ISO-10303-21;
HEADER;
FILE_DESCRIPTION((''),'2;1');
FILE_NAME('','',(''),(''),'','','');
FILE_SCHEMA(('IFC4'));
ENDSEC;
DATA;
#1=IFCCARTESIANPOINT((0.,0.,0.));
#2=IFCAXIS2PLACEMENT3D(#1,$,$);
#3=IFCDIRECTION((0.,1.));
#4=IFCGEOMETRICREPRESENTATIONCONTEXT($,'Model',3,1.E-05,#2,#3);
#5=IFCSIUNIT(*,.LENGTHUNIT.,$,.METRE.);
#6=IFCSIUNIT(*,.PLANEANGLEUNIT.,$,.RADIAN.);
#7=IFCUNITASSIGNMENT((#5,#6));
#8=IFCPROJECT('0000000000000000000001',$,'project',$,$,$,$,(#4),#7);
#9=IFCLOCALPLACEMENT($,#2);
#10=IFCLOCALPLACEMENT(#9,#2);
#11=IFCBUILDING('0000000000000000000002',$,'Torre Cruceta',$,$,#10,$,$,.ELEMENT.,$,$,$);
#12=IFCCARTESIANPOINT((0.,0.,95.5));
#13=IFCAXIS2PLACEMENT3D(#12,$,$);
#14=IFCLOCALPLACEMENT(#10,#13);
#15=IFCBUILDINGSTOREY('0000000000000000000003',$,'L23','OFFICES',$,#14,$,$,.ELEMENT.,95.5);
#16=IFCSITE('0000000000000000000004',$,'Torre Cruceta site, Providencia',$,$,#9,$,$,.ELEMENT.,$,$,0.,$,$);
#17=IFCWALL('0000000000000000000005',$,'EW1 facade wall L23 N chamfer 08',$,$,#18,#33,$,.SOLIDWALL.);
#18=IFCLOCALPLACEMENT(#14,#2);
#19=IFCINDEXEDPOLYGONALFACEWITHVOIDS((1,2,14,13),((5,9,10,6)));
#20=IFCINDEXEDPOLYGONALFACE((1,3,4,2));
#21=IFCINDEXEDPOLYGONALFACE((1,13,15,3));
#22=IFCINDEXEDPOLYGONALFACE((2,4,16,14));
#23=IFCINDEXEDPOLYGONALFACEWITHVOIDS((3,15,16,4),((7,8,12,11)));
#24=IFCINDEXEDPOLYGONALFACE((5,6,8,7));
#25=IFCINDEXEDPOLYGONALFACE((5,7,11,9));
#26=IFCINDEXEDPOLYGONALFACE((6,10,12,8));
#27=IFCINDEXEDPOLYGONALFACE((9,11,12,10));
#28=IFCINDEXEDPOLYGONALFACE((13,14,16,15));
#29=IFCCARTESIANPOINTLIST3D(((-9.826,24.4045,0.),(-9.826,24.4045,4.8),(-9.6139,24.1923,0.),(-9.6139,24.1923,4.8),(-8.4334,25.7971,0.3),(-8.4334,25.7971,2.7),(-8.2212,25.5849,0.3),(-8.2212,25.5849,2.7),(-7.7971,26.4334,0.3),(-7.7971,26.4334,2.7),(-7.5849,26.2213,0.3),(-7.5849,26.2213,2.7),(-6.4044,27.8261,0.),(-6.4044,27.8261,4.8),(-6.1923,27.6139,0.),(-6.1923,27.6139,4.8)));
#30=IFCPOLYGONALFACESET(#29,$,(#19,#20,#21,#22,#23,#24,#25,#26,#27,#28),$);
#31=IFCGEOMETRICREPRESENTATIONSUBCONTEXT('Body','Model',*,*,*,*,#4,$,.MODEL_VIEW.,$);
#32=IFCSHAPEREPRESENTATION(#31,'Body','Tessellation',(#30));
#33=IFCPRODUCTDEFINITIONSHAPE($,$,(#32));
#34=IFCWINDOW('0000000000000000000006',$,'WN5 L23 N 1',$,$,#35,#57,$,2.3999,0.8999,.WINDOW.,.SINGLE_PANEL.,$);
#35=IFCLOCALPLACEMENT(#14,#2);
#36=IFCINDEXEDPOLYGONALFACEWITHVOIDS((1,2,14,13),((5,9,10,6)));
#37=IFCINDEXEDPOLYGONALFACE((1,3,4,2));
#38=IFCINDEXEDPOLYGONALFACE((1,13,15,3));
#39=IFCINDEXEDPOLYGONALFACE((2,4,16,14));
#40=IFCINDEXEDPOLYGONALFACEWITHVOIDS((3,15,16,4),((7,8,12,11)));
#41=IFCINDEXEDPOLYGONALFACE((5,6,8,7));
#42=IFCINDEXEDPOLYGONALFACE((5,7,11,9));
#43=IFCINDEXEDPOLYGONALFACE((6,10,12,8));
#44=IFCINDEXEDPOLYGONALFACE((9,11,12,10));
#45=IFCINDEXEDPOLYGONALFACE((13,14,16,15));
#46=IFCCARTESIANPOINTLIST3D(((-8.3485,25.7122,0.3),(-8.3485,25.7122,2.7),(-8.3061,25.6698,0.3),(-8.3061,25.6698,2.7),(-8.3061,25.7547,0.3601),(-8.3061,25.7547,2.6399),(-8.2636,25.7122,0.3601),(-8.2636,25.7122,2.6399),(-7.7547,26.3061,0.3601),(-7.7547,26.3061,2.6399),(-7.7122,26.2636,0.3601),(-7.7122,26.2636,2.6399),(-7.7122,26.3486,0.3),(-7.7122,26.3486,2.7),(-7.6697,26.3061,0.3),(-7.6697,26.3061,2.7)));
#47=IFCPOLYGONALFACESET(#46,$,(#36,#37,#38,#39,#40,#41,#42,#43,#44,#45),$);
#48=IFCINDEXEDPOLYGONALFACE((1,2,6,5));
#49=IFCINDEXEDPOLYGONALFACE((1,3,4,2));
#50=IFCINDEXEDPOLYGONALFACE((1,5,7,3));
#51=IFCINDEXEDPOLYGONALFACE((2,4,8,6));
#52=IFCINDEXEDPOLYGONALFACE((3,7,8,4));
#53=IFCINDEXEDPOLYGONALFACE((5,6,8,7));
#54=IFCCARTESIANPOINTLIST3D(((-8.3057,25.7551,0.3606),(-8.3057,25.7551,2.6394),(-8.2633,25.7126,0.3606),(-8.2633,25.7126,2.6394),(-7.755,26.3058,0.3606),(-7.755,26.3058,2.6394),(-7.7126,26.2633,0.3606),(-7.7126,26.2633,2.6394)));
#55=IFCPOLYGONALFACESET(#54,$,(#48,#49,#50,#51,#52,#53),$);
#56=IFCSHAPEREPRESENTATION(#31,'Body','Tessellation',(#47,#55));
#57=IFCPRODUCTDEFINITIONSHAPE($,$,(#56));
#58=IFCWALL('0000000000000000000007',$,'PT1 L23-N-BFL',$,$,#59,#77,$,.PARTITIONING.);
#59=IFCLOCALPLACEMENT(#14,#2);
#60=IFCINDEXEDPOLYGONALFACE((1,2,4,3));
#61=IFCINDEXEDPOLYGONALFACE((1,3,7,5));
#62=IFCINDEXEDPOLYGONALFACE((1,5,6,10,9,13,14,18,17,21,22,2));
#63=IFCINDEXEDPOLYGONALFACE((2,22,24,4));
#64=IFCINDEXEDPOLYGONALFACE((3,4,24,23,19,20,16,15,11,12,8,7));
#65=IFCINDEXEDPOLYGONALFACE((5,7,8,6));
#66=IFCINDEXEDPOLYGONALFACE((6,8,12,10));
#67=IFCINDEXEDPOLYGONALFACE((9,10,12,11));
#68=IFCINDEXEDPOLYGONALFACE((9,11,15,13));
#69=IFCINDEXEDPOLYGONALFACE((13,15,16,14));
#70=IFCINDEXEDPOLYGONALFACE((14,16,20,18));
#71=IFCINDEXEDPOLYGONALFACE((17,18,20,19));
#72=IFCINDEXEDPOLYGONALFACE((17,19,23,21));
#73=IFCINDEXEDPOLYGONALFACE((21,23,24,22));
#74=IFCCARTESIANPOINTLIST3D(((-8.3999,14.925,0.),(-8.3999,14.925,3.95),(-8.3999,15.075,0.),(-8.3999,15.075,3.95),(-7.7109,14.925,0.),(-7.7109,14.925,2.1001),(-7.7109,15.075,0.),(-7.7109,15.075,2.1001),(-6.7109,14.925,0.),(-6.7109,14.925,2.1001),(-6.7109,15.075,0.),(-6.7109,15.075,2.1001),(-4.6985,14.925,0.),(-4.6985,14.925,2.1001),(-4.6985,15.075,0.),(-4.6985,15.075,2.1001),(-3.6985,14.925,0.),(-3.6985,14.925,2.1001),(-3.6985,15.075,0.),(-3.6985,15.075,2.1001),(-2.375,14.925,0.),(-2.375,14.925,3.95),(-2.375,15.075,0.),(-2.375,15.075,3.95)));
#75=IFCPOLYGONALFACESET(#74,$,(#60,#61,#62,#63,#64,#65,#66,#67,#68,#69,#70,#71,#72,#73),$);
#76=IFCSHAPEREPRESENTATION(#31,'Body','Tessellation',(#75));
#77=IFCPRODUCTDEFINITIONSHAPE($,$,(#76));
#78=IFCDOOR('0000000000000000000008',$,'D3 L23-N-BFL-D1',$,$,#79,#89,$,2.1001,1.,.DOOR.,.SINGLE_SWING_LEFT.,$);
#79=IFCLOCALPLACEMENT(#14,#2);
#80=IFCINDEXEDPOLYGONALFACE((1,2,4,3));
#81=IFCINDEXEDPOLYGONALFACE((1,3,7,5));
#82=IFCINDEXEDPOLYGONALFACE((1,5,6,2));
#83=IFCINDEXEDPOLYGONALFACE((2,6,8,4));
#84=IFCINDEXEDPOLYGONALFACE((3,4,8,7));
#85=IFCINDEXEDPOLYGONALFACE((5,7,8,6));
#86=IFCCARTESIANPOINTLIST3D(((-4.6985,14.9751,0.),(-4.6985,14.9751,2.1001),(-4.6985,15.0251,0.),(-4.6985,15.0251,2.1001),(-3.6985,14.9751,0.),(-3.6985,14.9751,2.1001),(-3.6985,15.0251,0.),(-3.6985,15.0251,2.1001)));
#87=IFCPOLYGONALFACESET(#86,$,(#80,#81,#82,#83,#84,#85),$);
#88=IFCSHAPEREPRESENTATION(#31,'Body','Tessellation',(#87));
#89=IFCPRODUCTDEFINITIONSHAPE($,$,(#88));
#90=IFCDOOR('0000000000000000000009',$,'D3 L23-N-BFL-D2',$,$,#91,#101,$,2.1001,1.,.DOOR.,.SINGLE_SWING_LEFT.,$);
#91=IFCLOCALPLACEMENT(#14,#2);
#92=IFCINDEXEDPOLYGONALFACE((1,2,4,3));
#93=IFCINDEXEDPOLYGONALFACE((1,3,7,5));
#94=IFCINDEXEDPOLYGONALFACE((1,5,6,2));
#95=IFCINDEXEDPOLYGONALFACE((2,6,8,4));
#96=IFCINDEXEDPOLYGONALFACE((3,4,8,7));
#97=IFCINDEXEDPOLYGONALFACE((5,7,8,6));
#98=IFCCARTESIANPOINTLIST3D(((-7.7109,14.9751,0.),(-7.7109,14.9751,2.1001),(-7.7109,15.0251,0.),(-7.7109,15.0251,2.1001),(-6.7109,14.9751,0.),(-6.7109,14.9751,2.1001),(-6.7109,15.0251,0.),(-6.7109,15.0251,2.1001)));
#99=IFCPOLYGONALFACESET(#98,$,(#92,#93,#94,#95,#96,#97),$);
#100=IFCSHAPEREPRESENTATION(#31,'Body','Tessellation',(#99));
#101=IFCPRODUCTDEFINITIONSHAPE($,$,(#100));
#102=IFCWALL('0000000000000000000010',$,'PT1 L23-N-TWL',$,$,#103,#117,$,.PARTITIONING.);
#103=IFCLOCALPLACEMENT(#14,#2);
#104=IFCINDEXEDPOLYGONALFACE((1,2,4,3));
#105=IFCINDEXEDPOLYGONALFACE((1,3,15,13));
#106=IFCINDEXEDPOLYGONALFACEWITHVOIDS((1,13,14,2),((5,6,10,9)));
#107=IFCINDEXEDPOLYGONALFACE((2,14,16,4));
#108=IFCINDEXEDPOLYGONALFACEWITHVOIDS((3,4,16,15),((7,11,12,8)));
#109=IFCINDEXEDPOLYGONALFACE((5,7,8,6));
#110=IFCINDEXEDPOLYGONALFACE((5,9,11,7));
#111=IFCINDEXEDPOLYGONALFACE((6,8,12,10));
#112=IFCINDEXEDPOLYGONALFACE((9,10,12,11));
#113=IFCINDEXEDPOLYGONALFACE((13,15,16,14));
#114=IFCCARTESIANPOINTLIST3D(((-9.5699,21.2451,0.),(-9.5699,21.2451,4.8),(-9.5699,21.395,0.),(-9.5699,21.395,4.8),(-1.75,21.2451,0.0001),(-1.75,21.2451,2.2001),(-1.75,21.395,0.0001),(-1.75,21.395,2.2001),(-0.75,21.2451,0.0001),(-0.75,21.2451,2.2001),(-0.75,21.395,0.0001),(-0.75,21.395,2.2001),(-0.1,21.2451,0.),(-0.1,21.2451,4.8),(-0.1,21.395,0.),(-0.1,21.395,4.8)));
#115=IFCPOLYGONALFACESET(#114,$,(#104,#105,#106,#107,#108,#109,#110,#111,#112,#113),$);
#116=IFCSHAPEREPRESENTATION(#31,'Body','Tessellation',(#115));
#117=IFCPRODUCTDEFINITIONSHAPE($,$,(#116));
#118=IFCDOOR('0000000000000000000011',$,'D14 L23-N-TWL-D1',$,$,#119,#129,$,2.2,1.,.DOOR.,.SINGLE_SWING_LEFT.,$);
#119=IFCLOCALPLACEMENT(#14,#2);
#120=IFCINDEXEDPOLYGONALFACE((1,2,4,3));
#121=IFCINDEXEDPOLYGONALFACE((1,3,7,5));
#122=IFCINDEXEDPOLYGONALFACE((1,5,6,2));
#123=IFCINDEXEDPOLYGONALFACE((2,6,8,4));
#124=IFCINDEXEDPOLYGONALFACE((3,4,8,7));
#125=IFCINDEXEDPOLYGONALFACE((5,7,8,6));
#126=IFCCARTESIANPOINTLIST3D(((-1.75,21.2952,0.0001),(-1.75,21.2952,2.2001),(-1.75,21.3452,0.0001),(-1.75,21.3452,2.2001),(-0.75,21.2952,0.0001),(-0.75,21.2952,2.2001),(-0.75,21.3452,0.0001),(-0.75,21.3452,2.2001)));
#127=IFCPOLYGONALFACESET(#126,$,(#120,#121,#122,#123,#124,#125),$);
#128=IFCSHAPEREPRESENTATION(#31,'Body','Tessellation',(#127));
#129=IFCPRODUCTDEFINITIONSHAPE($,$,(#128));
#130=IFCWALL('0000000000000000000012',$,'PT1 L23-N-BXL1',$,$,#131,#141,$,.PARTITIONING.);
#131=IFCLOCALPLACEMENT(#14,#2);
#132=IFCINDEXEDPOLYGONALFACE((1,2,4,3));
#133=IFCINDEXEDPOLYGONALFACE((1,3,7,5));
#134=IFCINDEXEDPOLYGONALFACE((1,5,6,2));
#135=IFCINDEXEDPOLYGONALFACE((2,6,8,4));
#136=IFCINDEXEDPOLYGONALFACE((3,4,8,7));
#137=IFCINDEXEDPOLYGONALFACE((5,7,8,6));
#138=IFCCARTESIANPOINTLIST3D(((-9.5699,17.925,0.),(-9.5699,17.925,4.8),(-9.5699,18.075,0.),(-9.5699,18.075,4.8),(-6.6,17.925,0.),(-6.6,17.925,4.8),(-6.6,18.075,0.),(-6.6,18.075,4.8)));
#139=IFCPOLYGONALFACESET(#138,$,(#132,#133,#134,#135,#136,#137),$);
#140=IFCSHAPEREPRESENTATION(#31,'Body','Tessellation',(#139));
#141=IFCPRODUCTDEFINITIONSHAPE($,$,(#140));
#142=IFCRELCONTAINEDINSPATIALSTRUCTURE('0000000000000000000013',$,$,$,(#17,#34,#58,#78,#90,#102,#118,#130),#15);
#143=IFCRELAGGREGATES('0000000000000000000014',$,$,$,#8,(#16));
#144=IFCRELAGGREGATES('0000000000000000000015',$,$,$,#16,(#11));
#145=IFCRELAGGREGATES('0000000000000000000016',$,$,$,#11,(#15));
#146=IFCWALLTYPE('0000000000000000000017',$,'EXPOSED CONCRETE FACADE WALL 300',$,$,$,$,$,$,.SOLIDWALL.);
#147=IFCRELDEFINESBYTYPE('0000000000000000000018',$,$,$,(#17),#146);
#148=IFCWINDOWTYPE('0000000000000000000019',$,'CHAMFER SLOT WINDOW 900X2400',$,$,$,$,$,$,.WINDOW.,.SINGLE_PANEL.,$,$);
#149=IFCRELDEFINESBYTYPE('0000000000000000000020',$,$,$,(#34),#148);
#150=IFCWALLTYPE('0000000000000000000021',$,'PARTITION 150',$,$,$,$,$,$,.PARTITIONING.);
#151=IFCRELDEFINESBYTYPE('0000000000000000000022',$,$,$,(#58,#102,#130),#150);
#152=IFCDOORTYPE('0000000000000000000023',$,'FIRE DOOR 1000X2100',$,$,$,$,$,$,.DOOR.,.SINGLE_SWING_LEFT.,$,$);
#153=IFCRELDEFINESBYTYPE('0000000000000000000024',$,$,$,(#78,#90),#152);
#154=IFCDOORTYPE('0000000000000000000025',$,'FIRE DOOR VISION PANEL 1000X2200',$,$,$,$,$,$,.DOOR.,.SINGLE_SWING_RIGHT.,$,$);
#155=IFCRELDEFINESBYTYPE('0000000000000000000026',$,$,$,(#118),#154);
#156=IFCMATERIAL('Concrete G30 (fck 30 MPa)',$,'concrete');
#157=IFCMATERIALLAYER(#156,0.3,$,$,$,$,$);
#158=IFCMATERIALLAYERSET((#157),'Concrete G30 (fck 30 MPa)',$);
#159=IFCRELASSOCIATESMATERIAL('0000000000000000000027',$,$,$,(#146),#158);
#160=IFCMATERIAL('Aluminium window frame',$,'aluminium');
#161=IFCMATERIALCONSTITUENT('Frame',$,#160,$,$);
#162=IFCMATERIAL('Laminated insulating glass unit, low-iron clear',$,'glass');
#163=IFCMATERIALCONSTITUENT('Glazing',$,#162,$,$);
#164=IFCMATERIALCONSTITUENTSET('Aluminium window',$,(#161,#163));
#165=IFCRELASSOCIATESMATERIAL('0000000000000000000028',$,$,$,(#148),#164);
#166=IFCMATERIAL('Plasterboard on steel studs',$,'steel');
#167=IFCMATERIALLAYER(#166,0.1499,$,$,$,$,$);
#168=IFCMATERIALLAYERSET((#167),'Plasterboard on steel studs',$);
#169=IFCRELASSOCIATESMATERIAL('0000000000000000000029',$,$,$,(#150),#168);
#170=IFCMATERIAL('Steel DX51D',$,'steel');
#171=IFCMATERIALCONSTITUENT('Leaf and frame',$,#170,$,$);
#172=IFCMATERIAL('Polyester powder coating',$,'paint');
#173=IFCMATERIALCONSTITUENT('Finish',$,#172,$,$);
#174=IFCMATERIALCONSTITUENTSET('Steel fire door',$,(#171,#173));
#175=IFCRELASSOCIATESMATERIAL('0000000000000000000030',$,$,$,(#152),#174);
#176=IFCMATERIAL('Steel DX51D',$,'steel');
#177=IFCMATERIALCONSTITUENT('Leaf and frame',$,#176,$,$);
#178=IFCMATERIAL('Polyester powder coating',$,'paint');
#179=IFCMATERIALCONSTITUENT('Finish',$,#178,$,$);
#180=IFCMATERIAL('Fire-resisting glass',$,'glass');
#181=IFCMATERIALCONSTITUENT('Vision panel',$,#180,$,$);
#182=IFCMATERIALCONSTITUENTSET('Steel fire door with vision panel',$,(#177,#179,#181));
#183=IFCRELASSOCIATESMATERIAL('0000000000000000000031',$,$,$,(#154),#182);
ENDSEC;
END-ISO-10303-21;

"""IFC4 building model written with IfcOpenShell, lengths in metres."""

from ifc_helpers import new_model, si_unit, direction, frame, frame_2d, origin, place, context, subcontext, project, spatial, rectangle, hollow_rectangle, extrude, material, layer, layer_set, constituent, constituent_set, type_object, element, fill, save


model = new_model("IFC4")

# Units and contexts
model_context = context("Model", 3, precision=1e-05, world=origin(), true_north=direction((0.0, 1.0)))
body_context = subcontext(model_context, "Body", "Model", "MODEL_VIEW")
ifc_project = project(units=[si_unit("LENGTHUNIT", "METRE"), si_unit("PLANEANGLEUNIT", "RADIAN")], contexts=[model_context])

# Site, building, storey
site_placement = place(None, origin())
site = spatial("IfcSite", under=ifc_project, at=site_placement, Name="Torre Cruceta site, Providencia", CompositionType="ELEMENT", RefElevation=0.0)
building_placement = place(site_placement, origin())
building = spatial("IfcBuilding", under=site, at=building_placement, Name="Torre Cruceta", CompositionType="ELEMENT")
storey_placement = place(building_placement, frame((0.0, 0.0, 95.5)))
storey = spatial("IfcBuildingStorey", under=building, at=storey_placement, Name="L23", Description="OFFICES", CompositionType="ELEMENT", Elevation=95.5)

# Wall, opening, window
ifc_material_1 = material(Name="Concrete G30 (fck 30 MPa)", Category="concrete")
ifc_layer_1 = layer(ifc_material_1, 0.3)
ifc_layer_set_1 = layer_set([ifc_layer_1], Name="Concrete G30 (fck 30 MPa)")
wall_type_1 = type_object("IfcWallType", Name="EXPOSED CONCRETE FACADE WALL 300", PredefinedType="SOLIDWALL", material=ifc_layer_set_1)
wall_1_placement = place(storey_placement, frame((-6.2983, 27.72, 0.0), z_axis=(0.0, 0.0, 1.0), x_axis=(-0.707107, -0.707107, 0.0)))
wall_1 = element("IfcWall", 1, at=wall_1_placement, inside=storey, type_object=wall_type_1, Name="EW1 facade wall L23 N chamfer 08", PredefinedType="SOLIDWALL", context=body_context, shape_type="SweptSolid", body=[
    extrude(rectangle(XDim=4.8389, YDim=0.3, at=frame_2d((2.4194, 0.0))), origin(), (0.0, 0.0, 1.0), 4.8),
])
opening_1_placement = place(wall_1_placement, frame((1.9695, 0.0, 0.3)))
opening_1 = element("IfcOpeningElement", 2, at=opening_1_placement, cuts=wall_1, PredefinedType="OPENING", context=body_context, shape_type="SweptSolid", body=[
    extrude(rectangle(XDim=0.8999, YDim=2.3999, at=frame_2d((0.45, 1.2))), frame((0.0, 0.1599, 0.0), z_axis=(0.0, -1.0, 0.0), x_axis=(1.0, 0.0, 0.0)), (0.0, 0.0, 1.0), 0.3201),
])
ifc_material_2 = material(Name="Aluminium window frame", Category="aluminium")
ifc_constituent_1 = constituent(ifc_material_2, Name="Frame")
ifc_material_3 = material(Name="Laminated insulating glass unit, low-iron clear", Category="glass")
ifc_constituent_2 = constituent(ifc_material_3, Name="Glazing")
ifc_constituent_set_1 = constituent_set(constituents=[ifc_constituent_1, ifc_constituent_2], Name="Aluminium window")
window_type = type_object("IfcWindowType", Name="CHAMFER SLOT WINDOW 900X2400", PartitioningType="SINGLE_PANEL", PredefinedType="WINDOW", material=ifc_constituent_set_1)
window_placement = place(opening_1_placement, origin())
window = element("IfcWindow", 3, at=window_placement, inside=storey, type_object=window_type, Name="WN5 L23 N 1", OverallHeight=2.3999, OverallWidth=0.8999, PartitioningType="SINGLE_PANEL", PredefinedType="WINDOW", context=body_context, shape_type="SweptSolid", body=[
    extrude(hollow_rectangle(XDim=0.8999, YDim=2.3999, WallThickness=0.0601, at=frame_2d((0.45, 1.2))), frame((0.0, 0.03, 0.0), z_axis=(0.0, -1.0, 0.0), x_axis=(1.0, 0.0, 0.0)), (0.0, 0.0, 1.0), 0.0601),
    extrude(rectangle(XDim=0.7788, YDim=2.2788, at=frame_2d((0.45, 1.2))), frame((0.0, 0.03, 0.0), z_axis=(0.0, -1.0, 0.0), x_axis=(1.0, 0.0, 0.0)), (0.0, 0.0, 1.0), 0.0601),
])
fill(opening_1, window)

# Wall, openings, doors
ifc_material_4 = material(Name="Plasterboard on steel studs", Category="steel")
ifc_layer_2 = layer(ifc_material_4, 0.1499)
ifc_layer_set_2 = layer_set([ifc_layer_2], Name="Plasterboard on steel studs")
wall_type_2 = type_object("IfcWallType", Name="PARTITION 150", PredefinedType="PARTITIONING", material=ifc_layer_set_2)
wall_2_placement = place(storey_placement, frame((-2.375, 15.0, 0.0), z_axis=(0.0, 0.0, 1.0), x_axis=(-1.0, 0.0, 0.0)))
wall_2 = element("IfcWall", 4, at=wall_2_placement, inside=storey, type_object=wall_type_2, Name="PT1 L23-N-BFL", PredefinedType="PARTITIONING", context=body_context, shape_type="SweptSolid", body=[
    extrude(rectangle(XDim=6.0249, YDim=0.1499, at=frame_2d((3.0125, 0.0))), origin(), (0.0, 0.0, 1.0), 3.95),
])
opening_2_placement = place(wall_2_placement, frame((1.3235, 0.0, 0.0)))
opening_2 = element("IfcOpeningElement", 5, at=opening_2_placement, cuts=wall_2, PredefinedType="OPENING", context=body_context, shape_type="SweptSolid", body=[
    extrude(rectangle(XDim=1.0, YDim=2.1001, at=frame_2d((0.5, 1.05))), frame((0.0, 0.085, 0.0), z_axis=(0.0, -1.0, 0.0), x_axis=(1.0, 0.0, 0.0)), (0.0, 0.0, 1.0), 0.1699),
])
opening_3_placement = place(wall_2_placement, frame((4.3359, 0.0, 0.0)))
opening_3 = element("IfcOpeningElement", 6, at=opening_3_placement, cuts=wall_2, PredefinedType="OPENING", context=body_context, shape_type="SweptSolid", body=[
    extrude(rectangle(XDim=1.0, YDim=2.1001, at=frame_2d((0.5, 1.05))), frame((0.0, 0.085, 0.0), z_axis=(0.0, -1.0, 0.0), x_axis=(1.0, 0.0, 0.0)), (0.0, 0.0, 1.0), 0.1699),
])
ifc_material_5 = material(Name="Steel DX51D", Category="steel")
ifc_constituent_3 = constituent(ifc_material_5, Name="Leaf and frame")
ifc_material_6 = material(Name="Polyester powder coating", Category="paint")
ifc_constituent_4 = constituent(ifc_material_6, Name="Finish")
ifc_constituent_set_2 = constituent_set(constituents=[ifc_constituent_3, ifc_constituent_4], Name="Steel fire door")
door_type_1 = type_object("IfcDoorType", Name="FIRE DOOR 1000X2100", OperationType="SINGLE_SWING_LEFT", PredefinedType="DOOR", material=ifc_constituent_set_2)
door_1_placement = place(opening_2_placement, origin())
door_1 = element("IfcDoor", 7, at=door_1_placement, inside=storey, type_object=door_type_1, Name="D3 L23-N-BFL-D1", OperationType="SINGLE_SWING_LEFT", OverallHeight=2.1001, OverallWidth=1.0, PredefinedType="DOOR", context=body_context, shape_type="SweptSolid", body=[
    extrude(rectangle(XDim=1.0, YDim=2.1001, at=frame_2d((0.5, 1.05))), frame((0.0, 0.0249, 0.0), z_axis=(0.0, -1.0, 0.0), x_axis=(1.0, 0.0, 0.0)), (0.0, 0.0, 1.0), 0.05),
])
fill(opening_2, door_1)
door_2_placement = place(opening_3_placement, origin())
door_2 = element("IfcDoor", 8, at=door_2_placement, inside=storey, type_object=door_type_1, Name="D3 L23-N-BFL-D2", OperationType="SINGLE_SWING_LEFT", OverallHeight=2.1001, OverallWidth=1.0, PredefinedType="DOOR", context=body_context, shape_type="SweptSolid", body=[
    extrude(rectangle(XDim=1.0, YDim=2.1001, at=frame_2d((0.5, 1.05))), frame((0.0, 0.0249, 0.0), z_axis=(0.0, -1.0, 0.0), x_axis=(1.0, 0.0, 0.0)), (0.0, 0.0, 1.0), 0.05),
])
fill(opening_3, door_2)

# Wall, opening, door
wall_3_placement = place(storey_placement, frame((-0.1001, 21.3201, 0.0), z_axis=(0.0, 0.0, 1.0), x_axis=(-1.0, 0.0, 0.0)))
wall_3 = element("IfcWall", 9, at=wall_3_placement, inside=storey, type_object=wall_type_2, Name="PT1 L23-N-TWL", PredefinedType="PARTITIONING", context=body_context, shape_type="SweptSolid", body=[
    extrude(rectangle(XDim=9.47, YDim=0.1499, at=frame_2d((4.7349, 0.0))), origin(), (0.0, 0.0, 1.0), 4.8),
])
opening_4_placement = place(wall_3_placement, frame((0.6499, 0.0, 0.0)))
opening_4 = element("IfcOpeningElement", 10, at=opening_4_placement, cuts=wall_3, PredefinedType="OPENING", context=body_context, shape_type="SweptSolid", body=[
    extrude(rectangle(XDim=1.0, YDim=2.2, at=frame_2d((0.5, 1.1001))), frame((0.0, 0.085, 0.0), z_axis=(0.0, -1.0, 0.0), x_axis=(1.0, 0.0, 0.0)), (0.0, 0.0, 1.0), 0.1699),
])
ifc_material_7 = material(Name="Steel DX51D", Category="steel")
ifc_constituent_5 = constituent(ifc_material_7, Name="Leaf and frame")
ifc_material_8 = material(Name="Polyester powder coating", Category="paint")
ifc_constituent_6 = constituent(ifc_material_8, Name="Finish")
ifc_material_9 = material(Name="Fire-resisting glass", Category="glass")
ifc_constituent_7 = constituent(ifc_material_9, Name="Vision panel")
ifc_constituent_set_3 = constituent_set(constituents=[ifc_constituent_5, ifc_constituent_6, ifc_constituent_7], Name="Steel fire door with vision panel")
door_type_2 = type_object("IfcDoorType", Name="FIRE DOOR VISION PANEL 1000X2200", OperationType="SINGLE_SWING_RIGHT", PredefinedType="DOOR", material=ifc_constituent_set_3)
door_3_placement = place(opening_4_placement, origin())
door_3 = element("IfcDoor", 11, at=door_3_placement, inside=storey, type_object=door_type_2, Name="D14 L23-N-TWL-D1", OperationType="SINGLE_SWING_LEFT", OverallHeight=2.2, OverallWidth=1.0, PredefinedType="DOOR", context=body_context, shape_type="SweptSolid", body=[
    extrude(rectangle(XDim=1.0, YDim=2.2, at=frame_2d((0.5, 1.1001))), frame((0.0, 0.0249, 0.0), z_axis=(0.0, -1.0, 0.0), x_axis=(1.0, 0.0, 0.0)), (0.0, 0.0, 1.0), 0.05),
])
fill(opening_4, door_3)

# Wall
wall_4_placement = place(storey_placement, frame((-6.6001, 18.0, 0.0), z_axis=(0.0, 0.0, 1.0), x_axis=(-1.0, 0.0, 0.0)))
element("IfcWall", 12, at=wall_4_placement, inside=storey, type_object=wall_type_2, Name="PT1 L23-N-BXL1", PredefinedType="PARTITIONING", context=body_context, shape_type="SweptSolid", body=[
    extrude(rectangle(XDim=2.97, YDim=0.1499, at=frame_2d((1.4849, 0.0))), origin(), (0.0, 0.0, 1.0), 4.8),
])

save(model, "model.ifc")
